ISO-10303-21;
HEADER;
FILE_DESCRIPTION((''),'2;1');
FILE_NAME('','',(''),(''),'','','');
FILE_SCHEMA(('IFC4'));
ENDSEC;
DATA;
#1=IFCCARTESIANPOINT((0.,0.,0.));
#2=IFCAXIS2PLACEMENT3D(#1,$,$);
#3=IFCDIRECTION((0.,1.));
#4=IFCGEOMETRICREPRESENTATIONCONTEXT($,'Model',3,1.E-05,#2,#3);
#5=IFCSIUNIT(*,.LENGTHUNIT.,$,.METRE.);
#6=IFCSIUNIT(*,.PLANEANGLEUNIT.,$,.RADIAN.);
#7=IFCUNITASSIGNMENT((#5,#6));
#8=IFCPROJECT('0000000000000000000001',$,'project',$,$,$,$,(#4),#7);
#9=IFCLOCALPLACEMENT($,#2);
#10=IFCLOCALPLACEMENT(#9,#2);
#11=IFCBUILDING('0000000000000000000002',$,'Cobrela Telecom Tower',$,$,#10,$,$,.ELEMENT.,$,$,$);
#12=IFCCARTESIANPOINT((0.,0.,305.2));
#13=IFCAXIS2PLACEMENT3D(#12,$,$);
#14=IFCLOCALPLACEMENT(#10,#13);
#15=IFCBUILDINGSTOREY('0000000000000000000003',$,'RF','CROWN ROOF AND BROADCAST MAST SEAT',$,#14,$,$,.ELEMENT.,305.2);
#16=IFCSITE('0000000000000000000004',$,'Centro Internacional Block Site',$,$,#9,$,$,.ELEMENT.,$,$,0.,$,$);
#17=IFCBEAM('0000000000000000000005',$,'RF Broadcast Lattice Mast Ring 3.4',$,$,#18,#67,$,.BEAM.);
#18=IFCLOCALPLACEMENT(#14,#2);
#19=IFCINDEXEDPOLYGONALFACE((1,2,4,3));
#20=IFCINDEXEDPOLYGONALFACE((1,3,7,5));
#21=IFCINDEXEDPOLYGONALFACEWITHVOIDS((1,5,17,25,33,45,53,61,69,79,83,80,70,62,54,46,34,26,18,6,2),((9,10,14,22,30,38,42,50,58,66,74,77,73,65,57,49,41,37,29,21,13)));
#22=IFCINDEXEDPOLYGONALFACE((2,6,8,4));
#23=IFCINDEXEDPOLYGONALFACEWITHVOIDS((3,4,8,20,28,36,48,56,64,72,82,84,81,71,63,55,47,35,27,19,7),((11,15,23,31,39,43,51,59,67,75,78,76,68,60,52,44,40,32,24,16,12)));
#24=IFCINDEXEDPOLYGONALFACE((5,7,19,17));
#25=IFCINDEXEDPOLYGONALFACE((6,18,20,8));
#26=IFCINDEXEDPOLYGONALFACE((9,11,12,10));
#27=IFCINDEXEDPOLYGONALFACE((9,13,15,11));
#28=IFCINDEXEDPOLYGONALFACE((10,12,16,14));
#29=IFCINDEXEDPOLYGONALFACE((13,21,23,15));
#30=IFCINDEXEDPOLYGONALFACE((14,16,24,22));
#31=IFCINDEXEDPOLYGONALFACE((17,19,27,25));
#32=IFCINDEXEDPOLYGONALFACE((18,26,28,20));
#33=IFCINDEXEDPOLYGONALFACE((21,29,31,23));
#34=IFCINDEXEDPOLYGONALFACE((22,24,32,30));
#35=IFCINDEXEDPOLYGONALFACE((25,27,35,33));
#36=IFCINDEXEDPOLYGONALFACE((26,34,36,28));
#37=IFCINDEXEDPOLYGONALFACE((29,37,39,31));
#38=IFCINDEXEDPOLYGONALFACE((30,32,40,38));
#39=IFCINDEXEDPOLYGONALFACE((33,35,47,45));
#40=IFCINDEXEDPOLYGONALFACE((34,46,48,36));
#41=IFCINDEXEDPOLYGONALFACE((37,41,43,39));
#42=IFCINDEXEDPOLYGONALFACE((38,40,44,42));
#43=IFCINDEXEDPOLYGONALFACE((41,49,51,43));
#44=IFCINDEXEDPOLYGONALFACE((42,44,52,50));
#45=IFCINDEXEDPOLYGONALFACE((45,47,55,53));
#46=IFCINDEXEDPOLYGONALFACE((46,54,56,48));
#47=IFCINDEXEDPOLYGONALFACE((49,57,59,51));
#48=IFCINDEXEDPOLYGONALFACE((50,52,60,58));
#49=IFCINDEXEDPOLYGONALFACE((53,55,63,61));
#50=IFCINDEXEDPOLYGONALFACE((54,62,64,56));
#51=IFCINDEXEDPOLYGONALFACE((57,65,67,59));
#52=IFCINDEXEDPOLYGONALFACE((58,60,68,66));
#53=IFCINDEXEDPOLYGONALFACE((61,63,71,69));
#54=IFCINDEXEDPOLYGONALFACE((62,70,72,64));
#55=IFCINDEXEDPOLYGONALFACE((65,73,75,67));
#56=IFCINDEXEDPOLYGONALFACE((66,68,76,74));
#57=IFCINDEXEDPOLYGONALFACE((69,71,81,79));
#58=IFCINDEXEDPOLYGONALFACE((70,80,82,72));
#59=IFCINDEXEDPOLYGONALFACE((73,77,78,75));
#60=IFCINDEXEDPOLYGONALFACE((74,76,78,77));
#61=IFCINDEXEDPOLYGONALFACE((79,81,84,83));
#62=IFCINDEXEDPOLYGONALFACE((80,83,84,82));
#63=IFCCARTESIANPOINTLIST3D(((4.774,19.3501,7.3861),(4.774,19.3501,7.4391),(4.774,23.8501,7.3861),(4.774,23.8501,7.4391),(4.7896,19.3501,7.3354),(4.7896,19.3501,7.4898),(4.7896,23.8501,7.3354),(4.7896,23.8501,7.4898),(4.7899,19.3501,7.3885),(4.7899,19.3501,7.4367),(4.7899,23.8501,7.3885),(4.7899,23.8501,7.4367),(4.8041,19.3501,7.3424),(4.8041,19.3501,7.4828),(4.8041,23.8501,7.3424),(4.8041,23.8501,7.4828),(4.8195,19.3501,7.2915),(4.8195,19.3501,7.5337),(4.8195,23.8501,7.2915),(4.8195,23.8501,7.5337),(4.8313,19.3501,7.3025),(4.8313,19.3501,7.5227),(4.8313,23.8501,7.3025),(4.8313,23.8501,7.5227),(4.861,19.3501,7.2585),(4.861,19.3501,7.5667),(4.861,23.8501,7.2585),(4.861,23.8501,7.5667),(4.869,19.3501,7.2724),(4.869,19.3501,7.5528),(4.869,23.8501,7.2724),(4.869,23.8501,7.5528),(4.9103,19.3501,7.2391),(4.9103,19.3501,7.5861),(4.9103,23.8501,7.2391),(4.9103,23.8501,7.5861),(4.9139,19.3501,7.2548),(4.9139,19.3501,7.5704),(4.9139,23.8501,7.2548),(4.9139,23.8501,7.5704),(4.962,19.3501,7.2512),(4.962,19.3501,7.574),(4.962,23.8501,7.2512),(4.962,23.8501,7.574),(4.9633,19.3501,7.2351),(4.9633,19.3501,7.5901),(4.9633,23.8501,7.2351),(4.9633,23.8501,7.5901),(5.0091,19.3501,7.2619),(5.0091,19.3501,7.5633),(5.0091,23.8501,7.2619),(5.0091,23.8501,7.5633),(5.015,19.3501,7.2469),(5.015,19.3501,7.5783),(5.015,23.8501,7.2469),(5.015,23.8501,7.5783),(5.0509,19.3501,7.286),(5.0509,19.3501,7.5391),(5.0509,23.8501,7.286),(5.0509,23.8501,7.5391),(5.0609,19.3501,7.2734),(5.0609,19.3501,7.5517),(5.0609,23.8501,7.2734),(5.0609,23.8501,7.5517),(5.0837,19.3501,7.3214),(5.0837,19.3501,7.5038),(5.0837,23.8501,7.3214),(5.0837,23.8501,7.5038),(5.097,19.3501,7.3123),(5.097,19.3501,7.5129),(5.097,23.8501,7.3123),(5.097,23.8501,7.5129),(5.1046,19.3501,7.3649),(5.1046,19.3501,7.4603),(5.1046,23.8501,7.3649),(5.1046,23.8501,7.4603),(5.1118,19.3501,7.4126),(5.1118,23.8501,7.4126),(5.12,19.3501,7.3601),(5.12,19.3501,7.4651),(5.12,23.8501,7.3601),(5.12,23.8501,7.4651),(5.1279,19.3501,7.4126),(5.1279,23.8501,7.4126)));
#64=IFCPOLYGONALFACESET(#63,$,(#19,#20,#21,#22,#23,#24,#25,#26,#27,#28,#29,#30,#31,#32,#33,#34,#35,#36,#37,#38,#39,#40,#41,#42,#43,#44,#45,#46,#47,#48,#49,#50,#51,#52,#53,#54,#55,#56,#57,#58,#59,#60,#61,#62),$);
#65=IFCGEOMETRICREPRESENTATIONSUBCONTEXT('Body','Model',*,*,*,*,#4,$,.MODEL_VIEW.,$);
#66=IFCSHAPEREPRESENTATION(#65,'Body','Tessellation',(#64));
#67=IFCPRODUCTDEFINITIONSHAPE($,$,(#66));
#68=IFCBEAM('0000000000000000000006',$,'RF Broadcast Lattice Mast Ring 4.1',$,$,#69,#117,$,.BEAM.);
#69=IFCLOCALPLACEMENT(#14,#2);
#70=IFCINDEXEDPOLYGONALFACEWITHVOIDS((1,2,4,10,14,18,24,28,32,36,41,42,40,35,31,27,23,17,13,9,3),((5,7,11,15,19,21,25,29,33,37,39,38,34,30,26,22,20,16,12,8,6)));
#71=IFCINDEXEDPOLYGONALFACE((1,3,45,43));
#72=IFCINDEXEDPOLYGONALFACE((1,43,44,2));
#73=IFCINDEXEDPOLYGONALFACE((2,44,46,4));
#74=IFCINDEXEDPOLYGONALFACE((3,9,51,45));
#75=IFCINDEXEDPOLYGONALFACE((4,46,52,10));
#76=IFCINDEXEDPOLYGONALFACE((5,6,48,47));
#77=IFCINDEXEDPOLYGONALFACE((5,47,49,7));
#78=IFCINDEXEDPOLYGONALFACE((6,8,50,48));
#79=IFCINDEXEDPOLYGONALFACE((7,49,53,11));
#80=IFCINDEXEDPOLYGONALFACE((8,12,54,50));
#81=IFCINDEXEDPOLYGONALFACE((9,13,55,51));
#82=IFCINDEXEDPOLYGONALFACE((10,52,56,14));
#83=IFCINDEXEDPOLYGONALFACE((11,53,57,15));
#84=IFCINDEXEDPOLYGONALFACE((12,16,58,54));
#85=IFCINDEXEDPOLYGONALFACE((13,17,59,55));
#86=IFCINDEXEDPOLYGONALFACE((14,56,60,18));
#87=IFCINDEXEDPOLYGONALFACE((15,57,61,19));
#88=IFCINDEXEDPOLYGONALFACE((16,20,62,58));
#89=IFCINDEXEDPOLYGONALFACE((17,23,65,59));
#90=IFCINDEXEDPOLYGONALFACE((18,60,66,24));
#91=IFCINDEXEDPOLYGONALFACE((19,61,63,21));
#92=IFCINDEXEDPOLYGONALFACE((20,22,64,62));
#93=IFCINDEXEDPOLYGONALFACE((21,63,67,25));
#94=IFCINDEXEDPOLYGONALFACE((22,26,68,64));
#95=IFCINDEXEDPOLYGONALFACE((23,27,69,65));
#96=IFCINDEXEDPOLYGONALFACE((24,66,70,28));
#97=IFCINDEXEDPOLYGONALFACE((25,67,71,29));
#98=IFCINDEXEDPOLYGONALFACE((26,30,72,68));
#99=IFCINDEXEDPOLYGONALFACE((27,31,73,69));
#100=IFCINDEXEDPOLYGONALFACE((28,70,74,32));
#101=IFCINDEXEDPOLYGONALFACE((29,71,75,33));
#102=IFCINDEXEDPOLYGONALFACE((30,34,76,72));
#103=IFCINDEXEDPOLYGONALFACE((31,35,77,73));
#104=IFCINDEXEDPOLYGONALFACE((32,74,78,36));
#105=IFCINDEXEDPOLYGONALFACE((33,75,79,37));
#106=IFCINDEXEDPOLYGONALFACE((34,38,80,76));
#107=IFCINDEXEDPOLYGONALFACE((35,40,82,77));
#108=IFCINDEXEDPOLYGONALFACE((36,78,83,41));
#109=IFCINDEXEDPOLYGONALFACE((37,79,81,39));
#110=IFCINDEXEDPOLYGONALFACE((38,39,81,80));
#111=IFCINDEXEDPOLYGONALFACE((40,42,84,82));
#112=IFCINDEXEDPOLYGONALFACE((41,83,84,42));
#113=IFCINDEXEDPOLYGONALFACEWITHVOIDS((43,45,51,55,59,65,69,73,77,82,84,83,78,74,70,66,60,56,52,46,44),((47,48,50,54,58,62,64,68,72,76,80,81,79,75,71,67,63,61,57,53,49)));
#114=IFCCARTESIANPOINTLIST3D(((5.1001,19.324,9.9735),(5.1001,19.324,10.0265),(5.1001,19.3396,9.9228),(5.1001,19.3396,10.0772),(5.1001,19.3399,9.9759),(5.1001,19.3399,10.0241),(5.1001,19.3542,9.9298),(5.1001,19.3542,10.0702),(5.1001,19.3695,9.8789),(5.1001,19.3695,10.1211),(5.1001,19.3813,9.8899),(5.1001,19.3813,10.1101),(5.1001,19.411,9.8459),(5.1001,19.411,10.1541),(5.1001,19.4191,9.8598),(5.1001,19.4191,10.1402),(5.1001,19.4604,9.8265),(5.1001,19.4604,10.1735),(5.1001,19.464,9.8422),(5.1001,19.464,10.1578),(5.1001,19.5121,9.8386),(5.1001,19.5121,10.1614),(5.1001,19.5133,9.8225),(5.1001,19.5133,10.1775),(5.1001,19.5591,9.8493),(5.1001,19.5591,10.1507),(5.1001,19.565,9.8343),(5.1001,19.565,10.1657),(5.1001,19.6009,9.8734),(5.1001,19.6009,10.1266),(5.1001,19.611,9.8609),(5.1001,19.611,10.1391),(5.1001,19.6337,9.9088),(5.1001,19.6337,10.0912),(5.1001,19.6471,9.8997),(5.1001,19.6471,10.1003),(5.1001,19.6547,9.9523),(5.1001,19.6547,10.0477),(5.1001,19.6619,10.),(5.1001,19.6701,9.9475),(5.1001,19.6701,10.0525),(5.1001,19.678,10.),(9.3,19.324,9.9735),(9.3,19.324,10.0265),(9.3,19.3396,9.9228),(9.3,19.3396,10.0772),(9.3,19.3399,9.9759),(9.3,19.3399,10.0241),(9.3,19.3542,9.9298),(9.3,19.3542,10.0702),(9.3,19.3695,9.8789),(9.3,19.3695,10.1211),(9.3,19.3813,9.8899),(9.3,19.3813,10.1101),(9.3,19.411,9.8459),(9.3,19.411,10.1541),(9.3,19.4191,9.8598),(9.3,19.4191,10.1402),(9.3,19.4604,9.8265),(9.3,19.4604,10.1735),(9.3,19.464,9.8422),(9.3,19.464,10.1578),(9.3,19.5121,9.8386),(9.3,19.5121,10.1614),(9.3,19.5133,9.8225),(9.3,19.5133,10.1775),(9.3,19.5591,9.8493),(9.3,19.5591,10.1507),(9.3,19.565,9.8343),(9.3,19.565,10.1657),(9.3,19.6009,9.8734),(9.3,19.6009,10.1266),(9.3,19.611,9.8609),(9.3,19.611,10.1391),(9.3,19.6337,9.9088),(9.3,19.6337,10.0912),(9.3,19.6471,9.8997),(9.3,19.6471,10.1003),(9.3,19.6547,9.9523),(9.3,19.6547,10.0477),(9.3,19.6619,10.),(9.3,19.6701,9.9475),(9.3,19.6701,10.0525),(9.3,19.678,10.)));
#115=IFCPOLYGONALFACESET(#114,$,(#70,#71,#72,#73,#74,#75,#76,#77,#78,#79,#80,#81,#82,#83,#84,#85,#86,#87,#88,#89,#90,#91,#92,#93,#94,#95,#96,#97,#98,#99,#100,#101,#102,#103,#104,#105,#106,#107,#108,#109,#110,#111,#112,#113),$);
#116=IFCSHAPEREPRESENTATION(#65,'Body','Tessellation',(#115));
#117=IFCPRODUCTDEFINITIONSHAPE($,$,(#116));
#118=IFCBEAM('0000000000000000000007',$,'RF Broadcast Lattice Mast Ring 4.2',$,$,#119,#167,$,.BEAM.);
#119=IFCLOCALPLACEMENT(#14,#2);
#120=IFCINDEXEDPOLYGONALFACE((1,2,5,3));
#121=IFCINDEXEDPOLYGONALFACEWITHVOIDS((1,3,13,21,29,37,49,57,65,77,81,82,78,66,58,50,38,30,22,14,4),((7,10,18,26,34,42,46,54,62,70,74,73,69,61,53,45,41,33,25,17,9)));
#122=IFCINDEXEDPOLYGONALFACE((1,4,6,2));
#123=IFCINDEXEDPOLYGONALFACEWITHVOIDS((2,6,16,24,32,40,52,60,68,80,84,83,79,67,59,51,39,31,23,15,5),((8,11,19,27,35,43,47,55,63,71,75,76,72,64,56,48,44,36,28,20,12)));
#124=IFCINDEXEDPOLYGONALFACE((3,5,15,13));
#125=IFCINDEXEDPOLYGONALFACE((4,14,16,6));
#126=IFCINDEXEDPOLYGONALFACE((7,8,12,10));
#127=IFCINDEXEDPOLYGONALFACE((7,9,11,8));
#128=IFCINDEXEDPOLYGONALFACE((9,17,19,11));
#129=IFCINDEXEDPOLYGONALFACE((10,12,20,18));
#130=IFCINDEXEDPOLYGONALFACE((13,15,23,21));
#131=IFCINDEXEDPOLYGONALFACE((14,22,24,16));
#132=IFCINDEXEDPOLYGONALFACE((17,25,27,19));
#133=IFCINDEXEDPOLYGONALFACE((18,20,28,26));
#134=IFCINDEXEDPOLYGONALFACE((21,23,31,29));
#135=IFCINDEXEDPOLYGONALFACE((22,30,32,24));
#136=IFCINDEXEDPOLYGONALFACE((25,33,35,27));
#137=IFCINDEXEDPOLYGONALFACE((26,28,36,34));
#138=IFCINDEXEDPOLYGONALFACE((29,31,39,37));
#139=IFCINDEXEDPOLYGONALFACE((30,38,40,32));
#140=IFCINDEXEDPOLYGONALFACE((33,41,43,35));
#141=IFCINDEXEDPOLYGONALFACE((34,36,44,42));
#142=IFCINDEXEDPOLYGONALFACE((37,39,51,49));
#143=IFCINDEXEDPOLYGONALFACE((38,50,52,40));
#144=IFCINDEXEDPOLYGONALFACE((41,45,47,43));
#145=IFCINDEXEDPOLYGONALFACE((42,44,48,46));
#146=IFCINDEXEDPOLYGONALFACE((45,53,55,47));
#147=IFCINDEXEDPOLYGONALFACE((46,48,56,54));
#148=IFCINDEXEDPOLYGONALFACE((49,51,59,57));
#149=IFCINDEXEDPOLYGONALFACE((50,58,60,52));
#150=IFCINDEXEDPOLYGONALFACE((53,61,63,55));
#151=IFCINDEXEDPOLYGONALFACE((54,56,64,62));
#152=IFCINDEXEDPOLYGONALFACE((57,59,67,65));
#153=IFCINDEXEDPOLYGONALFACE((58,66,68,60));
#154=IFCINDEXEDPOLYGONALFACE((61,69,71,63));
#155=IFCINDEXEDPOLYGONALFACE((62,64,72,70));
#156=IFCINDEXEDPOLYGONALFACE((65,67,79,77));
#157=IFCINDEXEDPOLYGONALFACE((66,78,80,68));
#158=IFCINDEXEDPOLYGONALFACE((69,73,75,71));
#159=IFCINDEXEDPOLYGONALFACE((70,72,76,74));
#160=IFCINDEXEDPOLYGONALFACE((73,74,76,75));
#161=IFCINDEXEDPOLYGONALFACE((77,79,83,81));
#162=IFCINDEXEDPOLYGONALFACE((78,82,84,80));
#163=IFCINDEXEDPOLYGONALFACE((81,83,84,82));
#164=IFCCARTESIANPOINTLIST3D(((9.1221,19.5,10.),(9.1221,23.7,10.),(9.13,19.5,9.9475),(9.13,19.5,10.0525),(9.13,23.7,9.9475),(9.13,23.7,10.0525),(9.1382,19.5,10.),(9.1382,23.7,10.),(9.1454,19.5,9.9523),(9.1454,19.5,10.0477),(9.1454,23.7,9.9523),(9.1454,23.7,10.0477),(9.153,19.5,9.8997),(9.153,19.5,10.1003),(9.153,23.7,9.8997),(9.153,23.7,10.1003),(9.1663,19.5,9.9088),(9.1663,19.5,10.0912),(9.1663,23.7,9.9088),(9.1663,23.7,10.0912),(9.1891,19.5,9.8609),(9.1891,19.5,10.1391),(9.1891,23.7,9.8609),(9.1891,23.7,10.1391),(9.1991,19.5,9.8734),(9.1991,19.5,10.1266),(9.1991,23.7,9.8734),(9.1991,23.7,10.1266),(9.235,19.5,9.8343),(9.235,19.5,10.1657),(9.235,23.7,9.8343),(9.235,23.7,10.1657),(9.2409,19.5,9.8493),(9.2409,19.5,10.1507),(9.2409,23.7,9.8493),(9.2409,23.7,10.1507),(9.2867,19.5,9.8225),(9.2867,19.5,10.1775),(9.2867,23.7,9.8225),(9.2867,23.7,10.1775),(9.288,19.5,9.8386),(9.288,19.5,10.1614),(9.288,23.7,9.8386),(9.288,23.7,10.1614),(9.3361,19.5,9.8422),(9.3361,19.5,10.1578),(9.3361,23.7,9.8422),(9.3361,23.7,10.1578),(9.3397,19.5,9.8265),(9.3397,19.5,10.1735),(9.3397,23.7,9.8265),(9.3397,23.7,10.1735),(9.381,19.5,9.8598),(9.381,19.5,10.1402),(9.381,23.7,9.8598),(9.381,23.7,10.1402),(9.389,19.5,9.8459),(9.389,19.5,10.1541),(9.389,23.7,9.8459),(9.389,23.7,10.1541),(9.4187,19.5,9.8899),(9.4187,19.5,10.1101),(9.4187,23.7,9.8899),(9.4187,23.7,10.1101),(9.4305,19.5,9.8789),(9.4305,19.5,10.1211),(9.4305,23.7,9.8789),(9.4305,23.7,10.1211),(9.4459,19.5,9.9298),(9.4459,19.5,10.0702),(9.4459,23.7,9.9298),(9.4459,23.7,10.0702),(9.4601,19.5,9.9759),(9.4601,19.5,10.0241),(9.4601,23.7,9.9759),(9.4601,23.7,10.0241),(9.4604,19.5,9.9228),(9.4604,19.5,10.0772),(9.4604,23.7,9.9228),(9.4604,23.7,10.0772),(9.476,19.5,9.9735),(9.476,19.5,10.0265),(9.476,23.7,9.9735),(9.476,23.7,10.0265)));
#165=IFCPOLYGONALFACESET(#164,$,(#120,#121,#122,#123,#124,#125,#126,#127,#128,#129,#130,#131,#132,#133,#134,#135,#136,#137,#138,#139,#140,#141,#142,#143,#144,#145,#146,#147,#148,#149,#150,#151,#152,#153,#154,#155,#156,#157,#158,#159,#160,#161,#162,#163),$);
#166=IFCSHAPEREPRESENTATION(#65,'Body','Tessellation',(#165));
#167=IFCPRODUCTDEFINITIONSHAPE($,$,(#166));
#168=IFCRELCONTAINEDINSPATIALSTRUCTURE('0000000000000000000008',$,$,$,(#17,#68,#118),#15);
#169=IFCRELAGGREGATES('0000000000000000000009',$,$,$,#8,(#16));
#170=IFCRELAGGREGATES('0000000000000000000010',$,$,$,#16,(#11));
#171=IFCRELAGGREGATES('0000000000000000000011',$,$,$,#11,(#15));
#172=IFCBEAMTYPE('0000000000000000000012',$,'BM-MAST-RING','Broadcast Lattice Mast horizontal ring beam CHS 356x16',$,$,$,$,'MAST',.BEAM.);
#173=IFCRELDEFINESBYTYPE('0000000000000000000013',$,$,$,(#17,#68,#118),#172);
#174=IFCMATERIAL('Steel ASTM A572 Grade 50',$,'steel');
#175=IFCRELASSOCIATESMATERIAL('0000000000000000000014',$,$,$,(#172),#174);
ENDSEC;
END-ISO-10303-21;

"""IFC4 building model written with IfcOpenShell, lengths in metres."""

from ifc_helpers import new_model, si_unit, direction, frame, origin, origin_2d, place, context, subcontext, project, spatial, hollow_circle, extrude, material, material_profile, profile_set, type_object, element, save


model = new_model("IFC4")

# Units and contexts
model_context = context("Model", 3, precision=1e-05, world=origin(), true_north=direction((0.0, 1.0)))
body_context = subcontext(model_context, "Body", "Model", "MODEL_VIEW")
ifc_project = project(units=[si_unit("LENGTHUNIT", "METRE"), si_unit("PLANEANGLEUNIT", "RADIAN")], contexts=[model_context])

# Site, building, storey
site_placement = place(None, origin())
site = spatial("IfcSite", under=ifc_project, at=site_placement, Name="Centro Internacional Block Site", CompositionType="ELEMENT", RefElevation=0.0)
building_placement = place(site_placement, origin())
building = spatial("IfcBuilding", under=site, at=building_placement, Name="Cobrela Telecom Tower", CompositionType="ELEMENT")
storey_placement = place(building_placement, frame((0.0, 0.0, 305.2)))
storey = spatial("IfcBuildingStorey", under=building, at=storey_placement, Name="RF", Description="CROWN ROOF AND BROADCAST MAST SEAT", CompositionType="ELEMENT", Elevation=305.2)

# Shared definitions
ifc_material_1 = material(Name="Steel ASTM A572 Grade 50", Category="steel")

# Beams
ifc_material_profile_1 = material_profile(ifc_material_1, hollow_circle(Radius=0.178, WallThickness=0.0161, at=origin_2d()), Name="CHS 356x16")
ifc_profile_set_1 = profile_set([ifc_material_profile_1], Name="Steel ASTM A572 Grade 50")
beam_type_1 = type_object("IfcBeamType", Name="BM-MAST-RING", Description="Broadcast Lattice Mast horizontal ring beam CHS 356x16", ElementType="MAST", PredefinedType="BEAM", material=ifc_profile_set_1)
for number, where, z_axis, x_axis, name in (
    (1, (4.95, 23.8501, 7.4126), (0.0, -1.0, 0.0), (1.0, 0.0, 0.0), "RF Broadcast Lattice Mast Ring 3.4"),
):
    element("IfcBeam", number, at=place(storey_placement, frame(where, z_axis=z_axis, x_axis=x_axis)), inside=storey, type_object=beam_type_1, Name=name, PredefinedType="BEAM", context=body_context, shape_type="SweptSolid", body=[
        extrude(hollow_circle(Radius=0.178, WallThickness=0.0161, at=origin_2d()), origin(), (0.0, 0.0, 1.0), 4.5),
    ])
for number, where, z_axis, x_axis, name in (
    (2, (5.1001, 19.5, 10.0), (1.0, 0.0, 0.0), (0.0, 1.0, 0.0), "RF Broadcast Lattice Mast Ring 4.1"),
    (3, (9.3, 19.5, 10.0), (0.0, 1.0, 0.0), (-1.0, 0.0, 0.0), "RF Broadcast Lattice Mast Ring 4.2"),
):
    element("IfcBeam", number, at=place(storey_placement, frame(where, z_axis=z_axis, x_axis=x_axis)), inside=storey, type_object=beam_type_1, Name=name, PredefinedType="BEAM", context=body_context, shape_type="SweptSolid", body=[
        extrude(hollow_circle(Radius=0.178, WallThickness=0.0161, at=origin_2d()), origin(), (0.0, 0.0, 1.0), 4.2),
    ])

save(model, "model.ifc")
